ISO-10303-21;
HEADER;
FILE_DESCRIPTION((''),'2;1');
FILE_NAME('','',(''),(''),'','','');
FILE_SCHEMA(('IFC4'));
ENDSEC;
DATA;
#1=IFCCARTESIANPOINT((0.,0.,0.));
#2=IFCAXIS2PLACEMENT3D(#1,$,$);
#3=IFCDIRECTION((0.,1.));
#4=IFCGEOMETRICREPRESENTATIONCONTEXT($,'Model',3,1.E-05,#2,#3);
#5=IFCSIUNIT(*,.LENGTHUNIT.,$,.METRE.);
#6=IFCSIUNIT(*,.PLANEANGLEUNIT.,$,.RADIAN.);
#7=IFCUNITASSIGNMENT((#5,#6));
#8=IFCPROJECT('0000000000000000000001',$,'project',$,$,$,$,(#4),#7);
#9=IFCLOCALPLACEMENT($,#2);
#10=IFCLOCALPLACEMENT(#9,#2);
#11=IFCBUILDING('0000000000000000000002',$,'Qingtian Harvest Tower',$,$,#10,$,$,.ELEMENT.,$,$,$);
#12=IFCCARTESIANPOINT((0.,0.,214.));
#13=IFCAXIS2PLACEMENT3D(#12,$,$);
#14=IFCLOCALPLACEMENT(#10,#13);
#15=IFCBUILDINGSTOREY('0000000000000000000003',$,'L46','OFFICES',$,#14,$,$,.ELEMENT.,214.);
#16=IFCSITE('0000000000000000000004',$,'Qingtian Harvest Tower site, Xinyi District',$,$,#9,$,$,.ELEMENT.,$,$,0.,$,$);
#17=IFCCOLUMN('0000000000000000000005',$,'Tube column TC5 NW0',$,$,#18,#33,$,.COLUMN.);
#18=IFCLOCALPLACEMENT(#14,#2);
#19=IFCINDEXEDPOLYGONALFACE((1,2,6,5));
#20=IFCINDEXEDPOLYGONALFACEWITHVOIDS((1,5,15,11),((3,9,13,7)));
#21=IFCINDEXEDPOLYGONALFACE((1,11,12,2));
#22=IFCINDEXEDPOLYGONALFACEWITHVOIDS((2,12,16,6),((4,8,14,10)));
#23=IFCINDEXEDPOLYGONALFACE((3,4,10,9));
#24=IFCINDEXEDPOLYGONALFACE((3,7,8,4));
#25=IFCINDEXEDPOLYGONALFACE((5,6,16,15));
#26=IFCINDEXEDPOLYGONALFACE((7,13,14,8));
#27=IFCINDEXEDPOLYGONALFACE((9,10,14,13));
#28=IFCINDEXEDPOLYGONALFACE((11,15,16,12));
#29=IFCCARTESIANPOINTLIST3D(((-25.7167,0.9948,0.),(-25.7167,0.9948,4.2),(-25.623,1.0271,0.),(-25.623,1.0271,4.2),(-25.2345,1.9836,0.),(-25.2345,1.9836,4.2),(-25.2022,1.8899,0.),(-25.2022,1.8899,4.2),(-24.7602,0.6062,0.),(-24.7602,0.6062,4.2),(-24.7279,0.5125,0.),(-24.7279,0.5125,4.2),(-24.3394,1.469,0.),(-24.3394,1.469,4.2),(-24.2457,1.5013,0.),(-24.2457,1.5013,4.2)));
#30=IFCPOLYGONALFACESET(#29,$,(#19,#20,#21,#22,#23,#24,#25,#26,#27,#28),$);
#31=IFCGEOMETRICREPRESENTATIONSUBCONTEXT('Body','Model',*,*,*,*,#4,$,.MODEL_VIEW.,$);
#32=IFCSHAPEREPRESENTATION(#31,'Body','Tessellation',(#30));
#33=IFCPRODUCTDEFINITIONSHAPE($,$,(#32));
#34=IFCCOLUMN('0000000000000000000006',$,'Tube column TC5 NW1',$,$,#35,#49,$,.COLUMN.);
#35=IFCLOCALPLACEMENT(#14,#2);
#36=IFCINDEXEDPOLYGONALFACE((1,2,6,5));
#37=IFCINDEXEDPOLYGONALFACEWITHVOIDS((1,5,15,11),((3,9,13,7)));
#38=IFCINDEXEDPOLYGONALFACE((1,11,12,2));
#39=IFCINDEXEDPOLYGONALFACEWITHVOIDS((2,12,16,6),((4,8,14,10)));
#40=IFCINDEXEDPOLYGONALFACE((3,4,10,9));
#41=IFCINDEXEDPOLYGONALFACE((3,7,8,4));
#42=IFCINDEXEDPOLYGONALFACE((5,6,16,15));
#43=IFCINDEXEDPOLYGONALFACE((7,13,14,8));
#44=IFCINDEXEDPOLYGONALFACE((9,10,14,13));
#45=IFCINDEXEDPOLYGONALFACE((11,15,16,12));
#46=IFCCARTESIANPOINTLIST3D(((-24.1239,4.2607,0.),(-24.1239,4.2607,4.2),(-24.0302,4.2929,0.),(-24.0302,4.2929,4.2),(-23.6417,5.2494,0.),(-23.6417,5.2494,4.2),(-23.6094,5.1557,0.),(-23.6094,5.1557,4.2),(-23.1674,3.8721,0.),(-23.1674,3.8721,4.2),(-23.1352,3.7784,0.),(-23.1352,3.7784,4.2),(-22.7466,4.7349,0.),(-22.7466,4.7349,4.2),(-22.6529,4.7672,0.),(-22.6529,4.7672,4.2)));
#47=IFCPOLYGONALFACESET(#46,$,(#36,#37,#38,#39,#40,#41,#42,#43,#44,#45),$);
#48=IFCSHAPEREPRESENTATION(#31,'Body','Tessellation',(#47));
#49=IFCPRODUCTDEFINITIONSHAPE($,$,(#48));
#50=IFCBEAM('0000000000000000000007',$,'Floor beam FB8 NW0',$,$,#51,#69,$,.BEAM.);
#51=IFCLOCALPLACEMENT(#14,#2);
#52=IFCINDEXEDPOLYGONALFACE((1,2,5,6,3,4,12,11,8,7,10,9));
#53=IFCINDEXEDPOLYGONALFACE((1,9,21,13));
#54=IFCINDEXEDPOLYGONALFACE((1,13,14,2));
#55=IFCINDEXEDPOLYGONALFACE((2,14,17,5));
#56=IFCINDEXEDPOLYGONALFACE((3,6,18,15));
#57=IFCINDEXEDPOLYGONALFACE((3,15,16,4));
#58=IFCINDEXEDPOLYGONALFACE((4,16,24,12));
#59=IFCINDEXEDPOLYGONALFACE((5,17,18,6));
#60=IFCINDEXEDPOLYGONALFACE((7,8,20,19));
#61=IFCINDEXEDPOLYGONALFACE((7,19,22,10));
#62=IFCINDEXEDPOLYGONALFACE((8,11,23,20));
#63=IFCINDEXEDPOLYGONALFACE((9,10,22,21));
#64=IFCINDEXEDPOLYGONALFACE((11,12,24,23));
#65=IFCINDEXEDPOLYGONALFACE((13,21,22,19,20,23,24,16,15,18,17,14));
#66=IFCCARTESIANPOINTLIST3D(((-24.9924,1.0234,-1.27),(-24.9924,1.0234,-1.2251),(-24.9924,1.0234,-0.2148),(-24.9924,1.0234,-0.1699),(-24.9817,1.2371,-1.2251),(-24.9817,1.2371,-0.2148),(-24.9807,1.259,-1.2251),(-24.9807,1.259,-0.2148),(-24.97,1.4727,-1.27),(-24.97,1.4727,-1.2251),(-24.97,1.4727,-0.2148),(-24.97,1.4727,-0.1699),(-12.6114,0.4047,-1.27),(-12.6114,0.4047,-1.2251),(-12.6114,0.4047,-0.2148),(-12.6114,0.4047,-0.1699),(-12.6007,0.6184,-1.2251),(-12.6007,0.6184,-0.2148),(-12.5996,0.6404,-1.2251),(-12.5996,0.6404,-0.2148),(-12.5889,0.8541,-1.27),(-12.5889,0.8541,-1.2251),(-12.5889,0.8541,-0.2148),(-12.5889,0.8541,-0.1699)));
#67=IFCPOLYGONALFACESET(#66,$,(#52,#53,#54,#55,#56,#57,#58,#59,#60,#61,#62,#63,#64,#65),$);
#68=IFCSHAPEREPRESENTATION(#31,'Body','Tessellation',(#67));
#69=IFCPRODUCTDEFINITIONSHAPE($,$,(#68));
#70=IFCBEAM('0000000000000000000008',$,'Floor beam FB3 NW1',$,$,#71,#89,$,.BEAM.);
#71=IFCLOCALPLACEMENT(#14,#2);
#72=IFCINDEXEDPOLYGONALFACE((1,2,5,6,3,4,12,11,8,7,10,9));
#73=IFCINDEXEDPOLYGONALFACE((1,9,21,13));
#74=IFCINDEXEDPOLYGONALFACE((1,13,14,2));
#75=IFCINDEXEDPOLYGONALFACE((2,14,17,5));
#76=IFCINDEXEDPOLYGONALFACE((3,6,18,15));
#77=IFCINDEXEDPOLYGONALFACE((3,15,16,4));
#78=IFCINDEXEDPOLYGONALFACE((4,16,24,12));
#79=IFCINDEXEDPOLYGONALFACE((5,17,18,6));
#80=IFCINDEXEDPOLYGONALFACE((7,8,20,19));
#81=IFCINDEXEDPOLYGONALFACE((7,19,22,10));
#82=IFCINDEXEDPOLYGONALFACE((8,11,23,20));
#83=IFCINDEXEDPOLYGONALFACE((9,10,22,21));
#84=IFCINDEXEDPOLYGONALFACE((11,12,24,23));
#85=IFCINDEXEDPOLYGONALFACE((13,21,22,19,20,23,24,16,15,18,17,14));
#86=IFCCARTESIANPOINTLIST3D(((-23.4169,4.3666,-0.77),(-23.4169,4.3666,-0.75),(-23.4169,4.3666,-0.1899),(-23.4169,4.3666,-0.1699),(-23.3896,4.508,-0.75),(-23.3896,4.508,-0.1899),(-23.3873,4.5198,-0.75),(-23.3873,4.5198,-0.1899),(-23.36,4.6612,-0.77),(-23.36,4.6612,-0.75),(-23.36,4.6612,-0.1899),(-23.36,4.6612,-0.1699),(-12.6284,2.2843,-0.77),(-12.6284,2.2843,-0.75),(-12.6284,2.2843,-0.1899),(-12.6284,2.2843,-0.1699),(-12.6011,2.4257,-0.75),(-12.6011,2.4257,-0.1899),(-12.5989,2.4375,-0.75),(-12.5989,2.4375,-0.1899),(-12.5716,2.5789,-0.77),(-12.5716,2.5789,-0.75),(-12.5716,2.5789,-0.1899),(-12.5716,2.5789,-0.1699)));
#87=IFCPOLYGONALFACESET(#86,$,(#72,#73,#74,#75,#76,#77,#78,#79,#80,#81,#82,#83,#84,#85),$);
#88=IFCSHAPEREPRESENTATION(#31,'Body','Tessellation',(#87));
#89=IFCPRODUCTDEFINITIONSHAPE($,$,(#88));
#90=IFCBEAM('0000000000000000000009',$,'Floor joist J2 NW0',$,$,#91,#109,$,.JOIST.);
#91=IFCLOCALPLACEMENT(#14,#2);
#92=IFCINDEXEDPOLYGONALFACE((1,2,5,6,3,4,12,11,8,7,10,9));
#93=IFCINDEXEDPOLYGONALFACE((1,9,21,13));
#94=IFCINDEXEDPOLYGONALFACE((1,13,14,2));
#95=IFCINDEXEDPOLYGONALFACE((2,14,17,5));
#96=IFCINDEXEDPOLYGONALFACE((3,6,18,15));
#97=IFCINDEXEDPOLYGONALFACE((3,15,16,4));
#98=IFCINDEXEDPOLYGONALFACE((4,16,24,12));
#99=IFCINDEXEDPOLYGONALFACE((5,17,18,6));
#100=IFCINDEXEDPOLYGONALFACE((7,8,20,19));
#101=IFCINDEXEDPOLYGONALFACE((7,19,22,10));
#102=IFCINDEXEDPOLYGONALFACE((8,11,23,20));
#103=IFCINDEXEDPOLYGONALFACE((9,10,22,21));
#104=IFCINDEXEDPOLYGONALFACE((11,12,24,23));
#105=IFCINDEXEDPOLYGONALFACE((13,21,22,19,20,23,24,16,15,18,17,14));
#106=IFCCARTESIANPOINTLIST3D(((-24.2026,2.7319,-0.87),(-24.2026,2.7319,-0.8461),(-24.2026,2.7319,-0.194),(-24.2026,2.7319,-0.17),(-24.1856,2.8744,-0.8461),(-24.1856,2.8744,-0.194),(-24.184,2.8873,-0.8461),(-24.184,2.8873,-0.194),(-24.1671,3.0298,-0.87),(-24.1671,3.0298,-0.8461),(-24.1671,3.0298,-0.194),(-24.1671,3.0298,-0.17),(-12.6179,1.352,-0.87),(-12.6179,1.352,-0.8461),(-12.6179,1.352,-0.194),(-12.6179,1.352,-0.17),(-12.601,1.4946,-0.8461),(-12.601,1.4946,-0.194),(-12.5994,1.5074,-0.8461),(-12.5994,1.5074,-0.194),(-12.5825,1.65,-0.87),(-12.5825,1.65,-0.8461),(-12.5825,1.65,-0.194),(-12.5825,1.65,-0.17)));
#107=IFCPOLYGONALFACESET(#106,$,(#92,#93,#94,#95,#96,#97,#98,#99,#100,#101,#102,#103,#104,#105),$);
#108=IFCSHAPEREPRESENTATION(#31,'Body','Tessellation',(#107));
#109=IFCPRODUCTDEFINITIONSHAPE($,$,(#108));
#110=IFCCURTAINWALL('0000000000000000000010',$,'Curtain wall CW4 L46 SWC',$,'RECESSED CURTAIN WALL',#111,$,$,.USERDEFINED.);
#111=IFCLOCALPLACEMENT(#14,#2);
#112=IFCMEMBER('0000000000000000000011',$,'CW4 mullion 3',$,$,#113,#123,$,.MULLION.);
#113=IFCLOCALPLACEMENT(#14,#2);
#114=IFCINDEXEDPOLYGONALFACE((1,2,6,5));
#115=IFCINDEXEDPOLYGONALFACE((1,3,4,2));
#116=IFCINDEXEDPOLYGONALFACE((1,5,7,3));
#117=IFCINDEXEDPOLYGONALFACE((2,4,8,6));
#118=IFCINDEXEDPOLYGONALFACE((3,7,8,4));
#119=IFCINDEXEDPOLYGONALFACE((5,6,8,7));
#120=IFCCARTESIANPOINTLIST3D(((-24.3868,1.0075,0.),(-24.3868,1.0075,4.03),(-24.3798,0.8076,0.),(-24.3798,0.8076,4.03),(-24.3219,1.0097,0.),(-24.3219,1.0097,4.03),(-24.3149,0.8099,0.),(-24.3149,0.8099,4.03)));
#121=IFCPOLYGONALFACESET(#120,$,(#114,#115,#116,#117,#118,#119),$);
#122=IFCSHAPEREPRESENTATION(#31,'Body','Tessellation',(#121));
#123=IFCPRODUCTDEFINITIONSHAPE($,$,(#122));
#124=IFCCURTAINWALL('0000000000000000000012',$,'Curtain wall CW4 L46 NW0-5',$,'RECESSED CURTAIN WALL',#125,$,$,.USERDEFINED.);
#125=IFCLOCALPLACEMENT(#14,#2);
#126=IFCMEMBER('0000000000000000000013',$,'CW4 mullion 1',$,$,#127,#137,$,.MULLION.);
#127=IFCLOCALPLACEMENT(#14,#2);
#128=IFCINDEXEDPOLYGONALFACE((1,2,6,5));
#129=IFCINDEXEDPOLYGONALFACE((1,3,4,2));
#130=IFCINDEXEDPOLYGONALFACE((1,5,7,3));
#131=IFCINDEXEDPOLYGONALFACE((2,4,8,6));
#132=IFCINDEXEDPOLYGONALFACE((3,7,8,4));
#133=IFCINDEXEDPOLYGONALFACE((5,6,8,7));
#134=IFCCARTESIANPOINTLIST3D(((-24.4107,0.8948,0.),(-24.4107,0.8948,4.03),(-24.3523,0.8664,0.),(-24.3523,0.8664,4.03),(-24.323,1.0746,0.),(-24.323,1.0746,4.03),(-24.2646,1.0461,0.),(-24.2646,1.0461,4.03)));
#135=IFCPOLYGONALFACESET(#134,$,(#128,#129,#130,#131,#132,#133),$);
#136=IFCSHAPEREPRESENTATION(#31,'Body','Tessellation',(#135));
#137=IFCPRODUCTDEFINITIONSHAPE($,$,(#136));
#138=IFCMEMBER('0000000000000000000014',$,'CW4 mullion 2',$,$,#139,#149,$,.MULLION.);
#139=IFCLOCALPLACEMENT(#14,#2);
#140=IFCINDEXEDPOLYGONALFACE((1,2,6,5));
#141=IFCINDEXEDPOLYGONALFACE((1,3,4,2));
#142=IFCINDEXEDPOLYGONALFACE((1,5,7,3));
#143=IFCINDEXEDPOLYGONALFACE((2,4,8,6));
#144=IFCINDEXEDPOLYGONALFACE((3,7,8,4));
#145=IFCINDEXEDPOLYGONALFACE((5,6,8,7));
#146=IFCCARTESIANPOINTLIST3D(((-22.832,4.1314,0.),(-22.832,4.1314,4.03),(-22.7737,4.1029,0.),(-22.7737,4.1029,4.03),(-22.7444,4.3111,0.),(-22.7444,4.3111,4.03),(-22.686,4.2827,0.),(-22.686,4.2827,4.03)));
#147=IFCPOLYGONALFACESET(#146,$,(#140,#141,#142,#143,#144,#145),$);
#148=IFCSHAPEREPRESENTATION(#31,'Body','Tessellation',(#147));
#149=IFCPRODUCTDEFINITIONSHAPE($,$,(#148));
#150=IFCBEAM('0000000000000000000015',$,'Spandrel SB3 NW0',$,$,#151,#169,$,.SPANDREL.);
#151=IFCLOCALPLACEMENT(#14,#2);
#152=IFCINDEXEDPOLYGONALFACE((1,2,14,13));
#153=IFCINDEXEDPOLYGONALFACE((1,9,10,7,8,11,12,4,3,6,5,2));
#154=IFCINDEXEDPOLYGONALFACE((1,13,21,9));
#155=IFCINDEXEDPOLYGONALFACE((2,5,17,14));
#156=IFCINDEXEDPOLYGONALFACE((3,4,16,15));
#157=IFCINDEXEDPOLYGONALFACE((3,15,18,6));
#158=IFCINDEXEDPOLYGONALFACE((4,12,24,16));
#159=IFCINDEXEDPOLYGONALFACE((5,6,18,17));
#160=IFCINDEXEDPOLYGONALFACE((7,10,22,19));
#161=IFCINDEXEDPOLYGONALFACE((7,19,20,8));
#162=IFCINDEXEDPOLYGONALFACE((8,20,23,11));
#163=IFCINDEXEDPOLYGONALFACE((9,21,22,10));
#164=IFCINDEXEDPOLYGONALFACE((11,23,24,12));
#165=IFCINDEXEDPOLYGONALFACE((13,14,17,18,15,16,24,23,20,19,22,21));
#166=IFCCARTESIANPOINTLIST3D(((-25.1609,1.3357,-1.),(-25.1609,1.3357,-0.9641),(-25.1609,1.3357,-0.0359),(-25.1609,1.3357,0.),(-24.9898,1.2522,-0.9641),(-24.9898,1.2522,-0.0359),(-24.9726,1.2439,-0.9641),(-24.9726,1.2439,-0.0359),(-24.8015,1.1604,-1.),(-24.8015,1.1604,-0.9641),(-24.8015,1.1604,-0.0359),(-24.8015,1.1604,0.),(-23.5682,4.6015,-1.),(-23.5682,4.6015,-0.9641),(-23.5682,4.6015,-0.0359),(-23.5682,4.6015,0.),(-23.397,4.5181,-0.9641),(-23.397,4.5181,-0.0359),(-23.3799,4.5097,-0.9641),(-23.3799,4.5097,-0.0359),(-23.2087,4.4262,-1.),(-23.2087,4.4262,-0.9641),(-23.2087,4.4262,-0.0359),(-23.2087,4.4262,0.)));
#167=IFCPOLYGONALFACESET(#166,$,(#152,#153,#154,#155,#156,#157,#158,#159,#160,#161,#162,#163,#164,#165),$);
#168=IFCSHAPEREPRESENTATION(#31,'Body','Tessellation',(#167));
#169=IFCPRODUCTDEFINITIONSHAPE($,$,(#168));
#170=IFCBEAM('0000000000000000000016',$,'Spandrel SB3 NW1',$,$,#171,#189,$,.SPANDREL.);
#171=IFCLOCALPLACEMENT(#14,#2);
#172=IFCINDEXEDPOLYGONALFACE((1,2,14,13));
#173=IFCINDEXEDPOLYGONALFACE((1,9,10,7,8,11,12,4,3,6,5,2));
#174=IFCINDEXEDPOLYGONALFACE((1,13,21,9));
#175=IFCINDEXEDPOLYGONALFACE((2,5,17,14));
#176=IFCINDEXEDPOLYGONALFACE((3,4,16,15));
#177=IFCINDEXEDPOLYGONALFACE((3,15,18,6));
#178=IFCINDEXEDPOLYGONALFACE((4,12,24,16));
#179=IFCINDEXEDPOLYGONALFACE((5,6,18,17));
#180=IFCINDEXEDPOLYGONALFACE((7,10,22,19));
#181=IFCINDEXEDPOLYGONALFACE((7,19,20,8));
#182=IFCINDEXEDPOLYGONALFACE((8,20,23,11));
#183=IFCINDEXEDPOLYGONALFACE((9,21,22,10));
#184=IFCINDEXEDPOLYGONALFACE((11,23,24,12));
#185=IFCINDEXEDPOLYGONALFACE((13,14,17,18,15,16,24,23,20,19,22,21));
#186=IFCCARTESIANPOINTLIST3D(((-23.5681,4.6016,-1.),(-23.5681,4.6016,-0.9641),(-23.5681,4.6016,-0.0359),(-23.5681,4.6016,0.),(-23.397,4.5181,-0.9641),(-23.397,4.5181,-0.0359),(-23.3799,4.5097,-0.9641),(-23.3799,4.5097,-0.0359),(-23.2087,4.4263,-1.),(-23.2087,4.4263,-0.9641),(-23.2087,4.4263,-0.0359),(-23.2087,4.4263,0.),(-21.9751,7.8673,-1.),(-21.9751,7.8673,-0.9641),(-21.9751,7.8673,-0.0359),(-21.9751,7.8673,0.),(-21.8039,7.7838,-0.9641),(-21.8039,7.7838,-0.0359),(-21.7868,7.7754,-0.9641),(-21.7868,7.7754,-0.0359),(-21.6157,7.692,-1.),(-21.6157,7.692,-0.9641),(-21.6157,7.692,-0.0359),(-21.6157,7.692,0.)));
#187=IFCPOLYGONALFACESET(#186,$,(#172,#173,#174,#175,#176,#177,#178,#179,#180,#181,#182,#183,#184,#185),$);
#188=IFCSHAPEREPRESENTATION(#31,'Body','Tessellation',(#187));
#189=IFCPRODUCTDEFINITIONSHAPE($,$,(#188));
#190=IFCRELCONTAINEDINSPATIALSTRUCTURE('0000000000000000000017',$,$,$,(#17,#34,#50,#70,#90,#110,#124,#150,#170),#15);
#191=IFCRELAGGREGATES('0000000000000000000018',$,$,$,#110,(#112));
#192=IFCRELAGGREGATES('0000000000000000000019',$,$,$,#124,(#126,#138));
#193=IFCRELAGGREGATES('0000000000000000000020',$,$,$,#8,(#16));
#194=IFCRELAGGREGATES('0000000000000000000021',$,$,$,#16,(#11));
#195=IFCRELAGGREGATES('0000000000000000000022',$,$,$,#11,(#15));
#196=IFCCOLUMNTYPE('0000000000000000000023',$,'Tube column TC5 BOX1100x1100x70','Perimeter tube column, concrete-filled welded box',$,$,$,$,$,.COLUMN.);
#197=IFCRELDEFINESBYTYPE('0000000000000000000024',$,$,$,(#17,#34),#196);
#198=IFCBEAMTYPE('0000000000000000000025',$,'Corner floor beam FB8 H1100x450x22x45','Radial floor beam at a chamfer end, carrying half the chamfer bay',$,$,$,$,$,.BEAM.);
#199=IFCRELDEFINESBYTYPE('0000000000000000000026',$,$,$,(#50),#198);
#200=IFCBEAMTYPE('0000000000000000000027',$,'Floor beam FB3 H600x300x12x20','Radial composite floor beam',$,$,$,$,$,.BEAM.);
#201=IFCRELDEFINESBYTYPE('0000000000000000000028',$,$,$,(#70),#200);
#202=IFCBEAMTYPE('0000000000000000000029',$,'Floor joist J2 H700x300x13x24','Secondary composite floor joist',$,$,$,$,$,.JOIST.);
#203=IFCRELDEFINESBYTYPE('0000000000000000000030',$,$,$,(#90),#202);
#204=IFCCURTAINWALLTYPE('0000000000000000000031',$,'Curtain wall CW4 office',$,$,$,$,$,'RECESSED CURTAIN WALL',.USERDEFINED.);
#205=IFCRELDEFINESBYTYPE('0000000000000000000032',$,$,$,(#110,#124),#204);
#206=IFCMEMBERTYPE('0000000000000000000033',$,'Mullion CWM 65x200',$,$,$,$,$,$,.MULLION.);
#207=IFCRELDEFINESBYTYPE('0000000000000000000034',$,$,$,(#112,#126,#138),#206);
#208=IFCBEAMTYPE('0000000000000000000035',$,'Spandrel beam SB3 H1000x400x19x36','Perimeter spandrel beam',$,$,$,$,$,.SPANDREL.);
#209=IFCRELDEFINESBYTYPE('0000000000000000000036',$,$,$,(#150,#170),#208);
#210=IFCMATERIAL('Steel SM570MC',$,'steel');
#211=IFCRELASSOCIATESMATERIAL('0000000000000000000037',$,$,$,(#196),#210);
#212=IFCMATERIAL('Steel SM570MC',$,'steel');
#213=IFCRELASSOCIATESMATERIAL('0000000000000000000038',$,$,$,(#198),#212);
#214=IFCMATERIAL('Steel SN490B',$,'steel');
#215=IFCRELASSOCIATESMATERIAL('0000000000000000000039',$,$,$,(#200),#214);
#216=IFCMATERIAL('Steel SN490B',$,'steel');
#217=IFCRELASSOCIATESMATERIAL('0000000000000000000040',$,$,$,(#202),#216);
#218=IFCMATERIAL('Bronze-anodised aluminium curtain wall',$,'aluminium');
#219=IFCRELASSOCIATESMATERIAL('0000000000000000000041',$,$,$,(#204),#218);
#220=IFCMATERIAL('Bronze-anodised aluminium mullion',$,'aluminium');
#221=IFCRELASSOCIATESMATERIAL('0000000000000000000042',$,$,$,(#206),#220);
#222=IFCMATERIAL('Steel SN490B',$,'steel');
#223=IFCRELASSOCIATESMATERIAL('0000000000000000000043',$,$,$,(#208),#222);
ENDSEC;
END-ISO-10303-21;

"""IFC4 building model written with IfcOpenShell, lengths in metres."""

from ifc_helpers import new_model, si_unit, direction, frame, origin, origin_2d, place, context, subcontext, project, spatial, rectangle, hollow_rectangle, i_section, extrude, material, material_profile, profile_set, type_object, element, aggregate, save


model = new_model("IFC4")

# Units and contexts
model_context = context("Model", 3, precision=1e-05, world=origin(), true_north=direction((0.0, 1.0)))
body_context = subcontext(model_context, "Body", "Model", "MODEL_VIEW")
ifc_project = project(units=[si_unit("LENGTHUNIT", "METRE"), si_unit("PLANEANGLEUNIT", "RADIAN")], contexts=[model_context])

# Site, building, storey
site_placement = place(None, origin())
site = spatial("IfcSite", under=ifc_project, at=site_placement, Name="Qingtian Harvest Tower site, Xinyi District", CompositionType="ELEMENT", RefElevation=0.0)
building_placement = place(site_placement, origin())
building = spatial("IfcBuilding", under=site, at=building_placement, Name="Qingtian Harvest Tower", CompositionType="ELEMENT")
storey_placement = place(building_placement, frame((0.0, 0.0, 214.0)))
storey = spatial("IfcBuildingStorey", under=building, at=storey_placement, Name="L46", Description="OFFICES", CompositionType="ELEMENT", Elevation=214.0)

# Columns
ifc_material_1 = material(Name="Steel SM570MC", Category="steel")
ifc_material_profile_1 = material_profile(ifc_material_1, hollow_rectangle(XDim=1.1001, YDim=1.1001, WallThickness=0.0701, at=origin_2d()), Name="BOX1100x1100x70")
ifc_profile_set_1 = profile_set([ifc_material_profile_1], Name="Steel SM570MC")
column_type = type_object("IfcColumnType", Name="Tube column TC5 BOX1100x1100x70", Description="Perimeter tube column, concrete-filled welded box", PredefinedType="COLUMN", material=ifc_profile_set_1)
for number, where, z_axis, x_axis, name in (
    (1, (-24.9812, 1.248, 0.0), (0.0, 0.0, 1.0), (-0.438371, -0.898794, 0.0), "Tube column TC5 NW0"),
    (2, (-23.3884, 4.5139, 0.0), (0.0, 0.0, 1.0), (-0.438371, -0.898794, 0.0), "Tube column TC5 NW1"),
):
    element("IfcColumn", number, at=place(storey_placement, frame(where, z_axis=z_axis, x_axis=x_axis)), inside=storey, type_object=column_type, Name=name, PredefinedType="COLUMN", context=body_context, shape_type="SweptSolid", body=[
        extrude(hollow_rectangle(XDim=1.1001, YDim=1.1001, WallThickness=0.0701, at=origin_2d()), origin(), (0.0, 0.0, 1.0), 4.2),
    ])

# Beams
ifc_material_2 = material(Name="Steel SM570MC", Category="steel")
ifc_material_profile_2 = material_profile(ifc_material_2, i_section(OverallWidth=0.45, OverallDepth=1.1001, WebThickness=0.022, FlangeThickness=0.0449, at=origin_2d()), Name="H1100x450x22x45")
ifc_profile_set_2 = profile_set([ifc_material_profile_2], Name="Steel SM570MC")
beam_type_1 = type_object("IfcBeamType", Name="Corner floor beam FB8 H1100x450x22x45", Description="Radial floor beam at a chamfer end, carrying half the chamfer bay", PredefinedType="BEAM", material=ifc_profile_set_2)
beam_1_placement = place(storey_placement, frame((-24.9812, 1.248, -0.72), z_axis=(0.998754, -0.049905, 0.0), x_axis=(0.049905, 0.998754, 0.0)))
element("IfcBeam", 3, at=beam_1_placement, inside=storey, type_object=beam_type_1, Name="Floor beam FB8 NW0", PredefinedType="BEAM", context=body_context, shape_type="SweptSolid", body=[
    extrude(i_section(OverallWidth=0.45, OverallDepth=1.1001, WebThickness=0.022, FlangeThickness=0.0449, at=origin_2d()), origin(), (0.0, 0.0, 1.0), 12.3965),
])
ifc_material_3 = material(Name="Steel SN490B", Category="steel")
ifc_material_profile_3 = material_profile(ifc_material_3, i_section(OverallWidth=0.3, OverallDepth=0.6001, WebThickness=0.012, FlangeThickness=0.02, at=origin_2d()), Name="H600x300x12x20")
ifc_profile_set_3 = profile_set([ifc_material_profile_3], Name="Steel SN490B")
beam_type_2 = type_object("IfcBeamType", Name="Floor beam FB3 H600x300x12x20", Description="Radial composite floor beam", PredefinedType="BEAM", material=ifc_profile_set_3)
beam_2_placement = place(storey_placement, frame((-23.3884, 4.5139, -0.47), z_axis=(0.981878, -0.189514, 0.0), x_axis=(0.189514, 0.981878, 0.0)))
element("IfcBeam", 4, at=beam_2_placement, inside=storey, type_object=beam_type_2, Name="Floor beam FB3 NW1", PredefinedType="BEAM", context=body_context, shape_type="SweptSolid", body=[
    extrude(i_section(OverallWidth=0.3, OverallDepth=0.6001, WebThickness=0.012, FlangeThickness=0.02, at=origin_2d()), origin(), (0.0, 0.0, 1.0), 10.9875),
])
ifc_material_4 = material(Name="Steel SN490B", Category="steel")
ifc_material_profile_4 = material_profile(ifc_material_4, i_section(OverallWidth=0.3, OverallDepth=0.7, WebThickness=0.0129, FlangeThickness=0.0239, at=origin_2d()), Name="H700x300x13x24")
ifc_profile_set_4 = profile_set([ifc_material_profile_4], Name="Steel SN490B")
beam_type_3 = type_object("IfcBeamType", Name="Floor joist J2 H700x300x13x24", Description="Secondary composite floor joist", PredefinedType="JOIST", material=ifc_profile_set_4)
beam_3_placement = place(storey_placement, frame((-24.1848, 2.8809, -0.52), z_axis=(0.992981, -0.118276, 0.0), x_axis=(0.118276, 0.992981, 0.0)))
element("IfcBeam", 5, at=beam_3_placement, inside=storey, type_object=beam_type_3, Name="Floor joist J2 NW0", PredefinedType="JOIST", context=body_context, shape_type="SweptSolid", body=[
    extrude(i_section(OverallWidth=0.3, OverallDepth=0.7, WebThickness=0.0129, FlangeThickness=0.0239, at=origin_2d()), origin(), (0.0, 0.0, 1.0), 11.6665),
])

# Curtain wall, member
ifc_material_5 = material(Name="Bronze-anodised aluminium curtain wall", Category="aluminium")
curtain_wall_type = type_object("IfcCurtainWallType", Name="Curtain wall CW4 office", ElementType="RECESSED CURTAIN WALL", PredefinedType="USERDEFINED", material=ifc_material_5)
curtain_wall_1_placement = place(storey_placement, origin())
curtain_wall_1 = element("IfcCurtainWall", 6, at=curtain_wall_1_placement, inside=storey, type_object=curtain_wall_type, Name="Curtain wall CW4 L46 SWC", ObjectType="RECESSED CURTAIN WALL", PredefinedType="USERDEFINED")
ifc_material_6 = material(Name="Bronze-anodised aluminium mullion", Category="aluminium")
ifc_material_profile_5 = material_profile(ifc_material_6, rectangle(XDim=0.0649, YDim=0.2, at=origin_2d()), Name="AL 65x200")
ifc_profile_set_5 = profile_set([ifc_material_profile_5], Name="Bronze-anodised aluminium mullion")
member_type_1 = type_object("IfcMemberType", Name="Mullion CWM 65x200", PredefinedType="MULLION", material=ifc_profile_set_5)
member_1_placement = place(storey_placement, frame((-24.3508, 0.9087, 0.0), z_axis=(0.0, 0.0, 1.0), x_axis=(-0.999391, -0.034899, 0.0)))
member_1 = element("IfcMember", 7, at=member_1_placement, type_object=member_type_1, Name="CW4 mullion 3", PredefinedType="MULLION", context=body_context, shape_type="SweptSolid", body=[
    extrude(rectangle(XDim=0.0649, YDim=0.2, at=origin_2d()), origin(), (0.0, 0.0, 1.0), 4.03),
])

# Curtain wall, members
curtain_wall_2_placement = place(storey_placement, origin())
curtain_wall_2 = element("IfcCurtainWall", 8, at=curtain_wall_2_placement, inside=storey, type_object=curtain_wall_type, Name="Curtain wall CW4 L46 NW0-5", ObjectType="RECESSED CURTAIN WALL", PredefinedType="USERDEFINED")
member_2_placement = place(storey_placement, frame((-24.3376, 0.9705, 0.0), z_axis=(0.0, 0.0, 1.0), x_axis=(-0.898794, 0.438371, 0.0)))
member_2 = element("IfcMember", 9, at=member_2_placement, type_object=member_type_1, Name="CW4 mullion 1", PredefinedType="MULLION", context=body_context, shape_type="SweptSolid", body=[
    extrude(rectangle(XDim=0.0649, YDim=0.2, at=origin_2d()), origin(), (0.0, 0.0, 1.0), 4.03),
])
member_3_placement = place(storey_placement, frame((-22.759, 4.207, 0.0), z_axis=(0.0, 0.0, 1.0), x_axis=(-0.898794, 0.438371, 0.0)))
member_3 = element("IfcMember", 10, at=member_3_placement, type_object=member_type_1, Name="CW4 mullion 2", PredefinedType="MULLION", context=body_context, shape_type="SweptSolid", body=[
    extrude(rectangle(XDim=0.0649, YDim=0.2, at=origin_2d()), origin(), (0.0, 0.0, 1.0), 4.03),
])

# Beams
ifc_material_7 = material(Name="Steel SN490B", Category="steel")
ifc_material_profile_6 = material_profile(ifc_material_7, i_section(OverallWidth=0.3999, OverallDepth=1.0, WebThickness=0.019, FlangeThickness=0.0359, at=origin_2d()), Name="H1000x400x19x36")
ifc_profile_set_6 = profile_set([ifc_material_profile_6], Name="Steel SN490B")
beam_type_4 = type_object("IfcBeamType", Name="Spandrel beam SB3 H1000x400x19x36", Description="Perimeter spandrel beam", PredefinedType="SPANDREL", material=ifc_profile_set_6)
for number, where, z_axis, x_axis, name in (
    (11, (-24.9812, 1.248, -0.5), (0.438349, 0.898805, 0.0), (-0.898805, 0.438349, 0.0), "Spandrel SB3 NW0"),
    (12, (-23.3884, 4.5139, -0.5), (0.43843, 0.898765, 0.0), (-0.898765, 0.43843, 0.0), "Spandrel SB3 NW1"),
):
    element("IfcBeam", number, at=place(storey_placement, frame(where, z_axis=z_axis, x_axis=x_axis)), inside=storey, type_object=beam_type_4, Name=name, PredefinedType="SPANDREL", context=body_context, shape_type="SweptSolid", body=[
        extrude(i_section(OverallWidth=0.3999, OverallDepth=1.0, WebThickness=0.019, FlangeThickness=0.0359, at=origin_2d()), origin(), (0.0, 0.0, 1.0), 3.6335),
    ])

aggregate(curtain_wall_1, [member_1])
aggregate(curtain_wall_2, [member_2, member_3])

save(model, "model.ifc")
